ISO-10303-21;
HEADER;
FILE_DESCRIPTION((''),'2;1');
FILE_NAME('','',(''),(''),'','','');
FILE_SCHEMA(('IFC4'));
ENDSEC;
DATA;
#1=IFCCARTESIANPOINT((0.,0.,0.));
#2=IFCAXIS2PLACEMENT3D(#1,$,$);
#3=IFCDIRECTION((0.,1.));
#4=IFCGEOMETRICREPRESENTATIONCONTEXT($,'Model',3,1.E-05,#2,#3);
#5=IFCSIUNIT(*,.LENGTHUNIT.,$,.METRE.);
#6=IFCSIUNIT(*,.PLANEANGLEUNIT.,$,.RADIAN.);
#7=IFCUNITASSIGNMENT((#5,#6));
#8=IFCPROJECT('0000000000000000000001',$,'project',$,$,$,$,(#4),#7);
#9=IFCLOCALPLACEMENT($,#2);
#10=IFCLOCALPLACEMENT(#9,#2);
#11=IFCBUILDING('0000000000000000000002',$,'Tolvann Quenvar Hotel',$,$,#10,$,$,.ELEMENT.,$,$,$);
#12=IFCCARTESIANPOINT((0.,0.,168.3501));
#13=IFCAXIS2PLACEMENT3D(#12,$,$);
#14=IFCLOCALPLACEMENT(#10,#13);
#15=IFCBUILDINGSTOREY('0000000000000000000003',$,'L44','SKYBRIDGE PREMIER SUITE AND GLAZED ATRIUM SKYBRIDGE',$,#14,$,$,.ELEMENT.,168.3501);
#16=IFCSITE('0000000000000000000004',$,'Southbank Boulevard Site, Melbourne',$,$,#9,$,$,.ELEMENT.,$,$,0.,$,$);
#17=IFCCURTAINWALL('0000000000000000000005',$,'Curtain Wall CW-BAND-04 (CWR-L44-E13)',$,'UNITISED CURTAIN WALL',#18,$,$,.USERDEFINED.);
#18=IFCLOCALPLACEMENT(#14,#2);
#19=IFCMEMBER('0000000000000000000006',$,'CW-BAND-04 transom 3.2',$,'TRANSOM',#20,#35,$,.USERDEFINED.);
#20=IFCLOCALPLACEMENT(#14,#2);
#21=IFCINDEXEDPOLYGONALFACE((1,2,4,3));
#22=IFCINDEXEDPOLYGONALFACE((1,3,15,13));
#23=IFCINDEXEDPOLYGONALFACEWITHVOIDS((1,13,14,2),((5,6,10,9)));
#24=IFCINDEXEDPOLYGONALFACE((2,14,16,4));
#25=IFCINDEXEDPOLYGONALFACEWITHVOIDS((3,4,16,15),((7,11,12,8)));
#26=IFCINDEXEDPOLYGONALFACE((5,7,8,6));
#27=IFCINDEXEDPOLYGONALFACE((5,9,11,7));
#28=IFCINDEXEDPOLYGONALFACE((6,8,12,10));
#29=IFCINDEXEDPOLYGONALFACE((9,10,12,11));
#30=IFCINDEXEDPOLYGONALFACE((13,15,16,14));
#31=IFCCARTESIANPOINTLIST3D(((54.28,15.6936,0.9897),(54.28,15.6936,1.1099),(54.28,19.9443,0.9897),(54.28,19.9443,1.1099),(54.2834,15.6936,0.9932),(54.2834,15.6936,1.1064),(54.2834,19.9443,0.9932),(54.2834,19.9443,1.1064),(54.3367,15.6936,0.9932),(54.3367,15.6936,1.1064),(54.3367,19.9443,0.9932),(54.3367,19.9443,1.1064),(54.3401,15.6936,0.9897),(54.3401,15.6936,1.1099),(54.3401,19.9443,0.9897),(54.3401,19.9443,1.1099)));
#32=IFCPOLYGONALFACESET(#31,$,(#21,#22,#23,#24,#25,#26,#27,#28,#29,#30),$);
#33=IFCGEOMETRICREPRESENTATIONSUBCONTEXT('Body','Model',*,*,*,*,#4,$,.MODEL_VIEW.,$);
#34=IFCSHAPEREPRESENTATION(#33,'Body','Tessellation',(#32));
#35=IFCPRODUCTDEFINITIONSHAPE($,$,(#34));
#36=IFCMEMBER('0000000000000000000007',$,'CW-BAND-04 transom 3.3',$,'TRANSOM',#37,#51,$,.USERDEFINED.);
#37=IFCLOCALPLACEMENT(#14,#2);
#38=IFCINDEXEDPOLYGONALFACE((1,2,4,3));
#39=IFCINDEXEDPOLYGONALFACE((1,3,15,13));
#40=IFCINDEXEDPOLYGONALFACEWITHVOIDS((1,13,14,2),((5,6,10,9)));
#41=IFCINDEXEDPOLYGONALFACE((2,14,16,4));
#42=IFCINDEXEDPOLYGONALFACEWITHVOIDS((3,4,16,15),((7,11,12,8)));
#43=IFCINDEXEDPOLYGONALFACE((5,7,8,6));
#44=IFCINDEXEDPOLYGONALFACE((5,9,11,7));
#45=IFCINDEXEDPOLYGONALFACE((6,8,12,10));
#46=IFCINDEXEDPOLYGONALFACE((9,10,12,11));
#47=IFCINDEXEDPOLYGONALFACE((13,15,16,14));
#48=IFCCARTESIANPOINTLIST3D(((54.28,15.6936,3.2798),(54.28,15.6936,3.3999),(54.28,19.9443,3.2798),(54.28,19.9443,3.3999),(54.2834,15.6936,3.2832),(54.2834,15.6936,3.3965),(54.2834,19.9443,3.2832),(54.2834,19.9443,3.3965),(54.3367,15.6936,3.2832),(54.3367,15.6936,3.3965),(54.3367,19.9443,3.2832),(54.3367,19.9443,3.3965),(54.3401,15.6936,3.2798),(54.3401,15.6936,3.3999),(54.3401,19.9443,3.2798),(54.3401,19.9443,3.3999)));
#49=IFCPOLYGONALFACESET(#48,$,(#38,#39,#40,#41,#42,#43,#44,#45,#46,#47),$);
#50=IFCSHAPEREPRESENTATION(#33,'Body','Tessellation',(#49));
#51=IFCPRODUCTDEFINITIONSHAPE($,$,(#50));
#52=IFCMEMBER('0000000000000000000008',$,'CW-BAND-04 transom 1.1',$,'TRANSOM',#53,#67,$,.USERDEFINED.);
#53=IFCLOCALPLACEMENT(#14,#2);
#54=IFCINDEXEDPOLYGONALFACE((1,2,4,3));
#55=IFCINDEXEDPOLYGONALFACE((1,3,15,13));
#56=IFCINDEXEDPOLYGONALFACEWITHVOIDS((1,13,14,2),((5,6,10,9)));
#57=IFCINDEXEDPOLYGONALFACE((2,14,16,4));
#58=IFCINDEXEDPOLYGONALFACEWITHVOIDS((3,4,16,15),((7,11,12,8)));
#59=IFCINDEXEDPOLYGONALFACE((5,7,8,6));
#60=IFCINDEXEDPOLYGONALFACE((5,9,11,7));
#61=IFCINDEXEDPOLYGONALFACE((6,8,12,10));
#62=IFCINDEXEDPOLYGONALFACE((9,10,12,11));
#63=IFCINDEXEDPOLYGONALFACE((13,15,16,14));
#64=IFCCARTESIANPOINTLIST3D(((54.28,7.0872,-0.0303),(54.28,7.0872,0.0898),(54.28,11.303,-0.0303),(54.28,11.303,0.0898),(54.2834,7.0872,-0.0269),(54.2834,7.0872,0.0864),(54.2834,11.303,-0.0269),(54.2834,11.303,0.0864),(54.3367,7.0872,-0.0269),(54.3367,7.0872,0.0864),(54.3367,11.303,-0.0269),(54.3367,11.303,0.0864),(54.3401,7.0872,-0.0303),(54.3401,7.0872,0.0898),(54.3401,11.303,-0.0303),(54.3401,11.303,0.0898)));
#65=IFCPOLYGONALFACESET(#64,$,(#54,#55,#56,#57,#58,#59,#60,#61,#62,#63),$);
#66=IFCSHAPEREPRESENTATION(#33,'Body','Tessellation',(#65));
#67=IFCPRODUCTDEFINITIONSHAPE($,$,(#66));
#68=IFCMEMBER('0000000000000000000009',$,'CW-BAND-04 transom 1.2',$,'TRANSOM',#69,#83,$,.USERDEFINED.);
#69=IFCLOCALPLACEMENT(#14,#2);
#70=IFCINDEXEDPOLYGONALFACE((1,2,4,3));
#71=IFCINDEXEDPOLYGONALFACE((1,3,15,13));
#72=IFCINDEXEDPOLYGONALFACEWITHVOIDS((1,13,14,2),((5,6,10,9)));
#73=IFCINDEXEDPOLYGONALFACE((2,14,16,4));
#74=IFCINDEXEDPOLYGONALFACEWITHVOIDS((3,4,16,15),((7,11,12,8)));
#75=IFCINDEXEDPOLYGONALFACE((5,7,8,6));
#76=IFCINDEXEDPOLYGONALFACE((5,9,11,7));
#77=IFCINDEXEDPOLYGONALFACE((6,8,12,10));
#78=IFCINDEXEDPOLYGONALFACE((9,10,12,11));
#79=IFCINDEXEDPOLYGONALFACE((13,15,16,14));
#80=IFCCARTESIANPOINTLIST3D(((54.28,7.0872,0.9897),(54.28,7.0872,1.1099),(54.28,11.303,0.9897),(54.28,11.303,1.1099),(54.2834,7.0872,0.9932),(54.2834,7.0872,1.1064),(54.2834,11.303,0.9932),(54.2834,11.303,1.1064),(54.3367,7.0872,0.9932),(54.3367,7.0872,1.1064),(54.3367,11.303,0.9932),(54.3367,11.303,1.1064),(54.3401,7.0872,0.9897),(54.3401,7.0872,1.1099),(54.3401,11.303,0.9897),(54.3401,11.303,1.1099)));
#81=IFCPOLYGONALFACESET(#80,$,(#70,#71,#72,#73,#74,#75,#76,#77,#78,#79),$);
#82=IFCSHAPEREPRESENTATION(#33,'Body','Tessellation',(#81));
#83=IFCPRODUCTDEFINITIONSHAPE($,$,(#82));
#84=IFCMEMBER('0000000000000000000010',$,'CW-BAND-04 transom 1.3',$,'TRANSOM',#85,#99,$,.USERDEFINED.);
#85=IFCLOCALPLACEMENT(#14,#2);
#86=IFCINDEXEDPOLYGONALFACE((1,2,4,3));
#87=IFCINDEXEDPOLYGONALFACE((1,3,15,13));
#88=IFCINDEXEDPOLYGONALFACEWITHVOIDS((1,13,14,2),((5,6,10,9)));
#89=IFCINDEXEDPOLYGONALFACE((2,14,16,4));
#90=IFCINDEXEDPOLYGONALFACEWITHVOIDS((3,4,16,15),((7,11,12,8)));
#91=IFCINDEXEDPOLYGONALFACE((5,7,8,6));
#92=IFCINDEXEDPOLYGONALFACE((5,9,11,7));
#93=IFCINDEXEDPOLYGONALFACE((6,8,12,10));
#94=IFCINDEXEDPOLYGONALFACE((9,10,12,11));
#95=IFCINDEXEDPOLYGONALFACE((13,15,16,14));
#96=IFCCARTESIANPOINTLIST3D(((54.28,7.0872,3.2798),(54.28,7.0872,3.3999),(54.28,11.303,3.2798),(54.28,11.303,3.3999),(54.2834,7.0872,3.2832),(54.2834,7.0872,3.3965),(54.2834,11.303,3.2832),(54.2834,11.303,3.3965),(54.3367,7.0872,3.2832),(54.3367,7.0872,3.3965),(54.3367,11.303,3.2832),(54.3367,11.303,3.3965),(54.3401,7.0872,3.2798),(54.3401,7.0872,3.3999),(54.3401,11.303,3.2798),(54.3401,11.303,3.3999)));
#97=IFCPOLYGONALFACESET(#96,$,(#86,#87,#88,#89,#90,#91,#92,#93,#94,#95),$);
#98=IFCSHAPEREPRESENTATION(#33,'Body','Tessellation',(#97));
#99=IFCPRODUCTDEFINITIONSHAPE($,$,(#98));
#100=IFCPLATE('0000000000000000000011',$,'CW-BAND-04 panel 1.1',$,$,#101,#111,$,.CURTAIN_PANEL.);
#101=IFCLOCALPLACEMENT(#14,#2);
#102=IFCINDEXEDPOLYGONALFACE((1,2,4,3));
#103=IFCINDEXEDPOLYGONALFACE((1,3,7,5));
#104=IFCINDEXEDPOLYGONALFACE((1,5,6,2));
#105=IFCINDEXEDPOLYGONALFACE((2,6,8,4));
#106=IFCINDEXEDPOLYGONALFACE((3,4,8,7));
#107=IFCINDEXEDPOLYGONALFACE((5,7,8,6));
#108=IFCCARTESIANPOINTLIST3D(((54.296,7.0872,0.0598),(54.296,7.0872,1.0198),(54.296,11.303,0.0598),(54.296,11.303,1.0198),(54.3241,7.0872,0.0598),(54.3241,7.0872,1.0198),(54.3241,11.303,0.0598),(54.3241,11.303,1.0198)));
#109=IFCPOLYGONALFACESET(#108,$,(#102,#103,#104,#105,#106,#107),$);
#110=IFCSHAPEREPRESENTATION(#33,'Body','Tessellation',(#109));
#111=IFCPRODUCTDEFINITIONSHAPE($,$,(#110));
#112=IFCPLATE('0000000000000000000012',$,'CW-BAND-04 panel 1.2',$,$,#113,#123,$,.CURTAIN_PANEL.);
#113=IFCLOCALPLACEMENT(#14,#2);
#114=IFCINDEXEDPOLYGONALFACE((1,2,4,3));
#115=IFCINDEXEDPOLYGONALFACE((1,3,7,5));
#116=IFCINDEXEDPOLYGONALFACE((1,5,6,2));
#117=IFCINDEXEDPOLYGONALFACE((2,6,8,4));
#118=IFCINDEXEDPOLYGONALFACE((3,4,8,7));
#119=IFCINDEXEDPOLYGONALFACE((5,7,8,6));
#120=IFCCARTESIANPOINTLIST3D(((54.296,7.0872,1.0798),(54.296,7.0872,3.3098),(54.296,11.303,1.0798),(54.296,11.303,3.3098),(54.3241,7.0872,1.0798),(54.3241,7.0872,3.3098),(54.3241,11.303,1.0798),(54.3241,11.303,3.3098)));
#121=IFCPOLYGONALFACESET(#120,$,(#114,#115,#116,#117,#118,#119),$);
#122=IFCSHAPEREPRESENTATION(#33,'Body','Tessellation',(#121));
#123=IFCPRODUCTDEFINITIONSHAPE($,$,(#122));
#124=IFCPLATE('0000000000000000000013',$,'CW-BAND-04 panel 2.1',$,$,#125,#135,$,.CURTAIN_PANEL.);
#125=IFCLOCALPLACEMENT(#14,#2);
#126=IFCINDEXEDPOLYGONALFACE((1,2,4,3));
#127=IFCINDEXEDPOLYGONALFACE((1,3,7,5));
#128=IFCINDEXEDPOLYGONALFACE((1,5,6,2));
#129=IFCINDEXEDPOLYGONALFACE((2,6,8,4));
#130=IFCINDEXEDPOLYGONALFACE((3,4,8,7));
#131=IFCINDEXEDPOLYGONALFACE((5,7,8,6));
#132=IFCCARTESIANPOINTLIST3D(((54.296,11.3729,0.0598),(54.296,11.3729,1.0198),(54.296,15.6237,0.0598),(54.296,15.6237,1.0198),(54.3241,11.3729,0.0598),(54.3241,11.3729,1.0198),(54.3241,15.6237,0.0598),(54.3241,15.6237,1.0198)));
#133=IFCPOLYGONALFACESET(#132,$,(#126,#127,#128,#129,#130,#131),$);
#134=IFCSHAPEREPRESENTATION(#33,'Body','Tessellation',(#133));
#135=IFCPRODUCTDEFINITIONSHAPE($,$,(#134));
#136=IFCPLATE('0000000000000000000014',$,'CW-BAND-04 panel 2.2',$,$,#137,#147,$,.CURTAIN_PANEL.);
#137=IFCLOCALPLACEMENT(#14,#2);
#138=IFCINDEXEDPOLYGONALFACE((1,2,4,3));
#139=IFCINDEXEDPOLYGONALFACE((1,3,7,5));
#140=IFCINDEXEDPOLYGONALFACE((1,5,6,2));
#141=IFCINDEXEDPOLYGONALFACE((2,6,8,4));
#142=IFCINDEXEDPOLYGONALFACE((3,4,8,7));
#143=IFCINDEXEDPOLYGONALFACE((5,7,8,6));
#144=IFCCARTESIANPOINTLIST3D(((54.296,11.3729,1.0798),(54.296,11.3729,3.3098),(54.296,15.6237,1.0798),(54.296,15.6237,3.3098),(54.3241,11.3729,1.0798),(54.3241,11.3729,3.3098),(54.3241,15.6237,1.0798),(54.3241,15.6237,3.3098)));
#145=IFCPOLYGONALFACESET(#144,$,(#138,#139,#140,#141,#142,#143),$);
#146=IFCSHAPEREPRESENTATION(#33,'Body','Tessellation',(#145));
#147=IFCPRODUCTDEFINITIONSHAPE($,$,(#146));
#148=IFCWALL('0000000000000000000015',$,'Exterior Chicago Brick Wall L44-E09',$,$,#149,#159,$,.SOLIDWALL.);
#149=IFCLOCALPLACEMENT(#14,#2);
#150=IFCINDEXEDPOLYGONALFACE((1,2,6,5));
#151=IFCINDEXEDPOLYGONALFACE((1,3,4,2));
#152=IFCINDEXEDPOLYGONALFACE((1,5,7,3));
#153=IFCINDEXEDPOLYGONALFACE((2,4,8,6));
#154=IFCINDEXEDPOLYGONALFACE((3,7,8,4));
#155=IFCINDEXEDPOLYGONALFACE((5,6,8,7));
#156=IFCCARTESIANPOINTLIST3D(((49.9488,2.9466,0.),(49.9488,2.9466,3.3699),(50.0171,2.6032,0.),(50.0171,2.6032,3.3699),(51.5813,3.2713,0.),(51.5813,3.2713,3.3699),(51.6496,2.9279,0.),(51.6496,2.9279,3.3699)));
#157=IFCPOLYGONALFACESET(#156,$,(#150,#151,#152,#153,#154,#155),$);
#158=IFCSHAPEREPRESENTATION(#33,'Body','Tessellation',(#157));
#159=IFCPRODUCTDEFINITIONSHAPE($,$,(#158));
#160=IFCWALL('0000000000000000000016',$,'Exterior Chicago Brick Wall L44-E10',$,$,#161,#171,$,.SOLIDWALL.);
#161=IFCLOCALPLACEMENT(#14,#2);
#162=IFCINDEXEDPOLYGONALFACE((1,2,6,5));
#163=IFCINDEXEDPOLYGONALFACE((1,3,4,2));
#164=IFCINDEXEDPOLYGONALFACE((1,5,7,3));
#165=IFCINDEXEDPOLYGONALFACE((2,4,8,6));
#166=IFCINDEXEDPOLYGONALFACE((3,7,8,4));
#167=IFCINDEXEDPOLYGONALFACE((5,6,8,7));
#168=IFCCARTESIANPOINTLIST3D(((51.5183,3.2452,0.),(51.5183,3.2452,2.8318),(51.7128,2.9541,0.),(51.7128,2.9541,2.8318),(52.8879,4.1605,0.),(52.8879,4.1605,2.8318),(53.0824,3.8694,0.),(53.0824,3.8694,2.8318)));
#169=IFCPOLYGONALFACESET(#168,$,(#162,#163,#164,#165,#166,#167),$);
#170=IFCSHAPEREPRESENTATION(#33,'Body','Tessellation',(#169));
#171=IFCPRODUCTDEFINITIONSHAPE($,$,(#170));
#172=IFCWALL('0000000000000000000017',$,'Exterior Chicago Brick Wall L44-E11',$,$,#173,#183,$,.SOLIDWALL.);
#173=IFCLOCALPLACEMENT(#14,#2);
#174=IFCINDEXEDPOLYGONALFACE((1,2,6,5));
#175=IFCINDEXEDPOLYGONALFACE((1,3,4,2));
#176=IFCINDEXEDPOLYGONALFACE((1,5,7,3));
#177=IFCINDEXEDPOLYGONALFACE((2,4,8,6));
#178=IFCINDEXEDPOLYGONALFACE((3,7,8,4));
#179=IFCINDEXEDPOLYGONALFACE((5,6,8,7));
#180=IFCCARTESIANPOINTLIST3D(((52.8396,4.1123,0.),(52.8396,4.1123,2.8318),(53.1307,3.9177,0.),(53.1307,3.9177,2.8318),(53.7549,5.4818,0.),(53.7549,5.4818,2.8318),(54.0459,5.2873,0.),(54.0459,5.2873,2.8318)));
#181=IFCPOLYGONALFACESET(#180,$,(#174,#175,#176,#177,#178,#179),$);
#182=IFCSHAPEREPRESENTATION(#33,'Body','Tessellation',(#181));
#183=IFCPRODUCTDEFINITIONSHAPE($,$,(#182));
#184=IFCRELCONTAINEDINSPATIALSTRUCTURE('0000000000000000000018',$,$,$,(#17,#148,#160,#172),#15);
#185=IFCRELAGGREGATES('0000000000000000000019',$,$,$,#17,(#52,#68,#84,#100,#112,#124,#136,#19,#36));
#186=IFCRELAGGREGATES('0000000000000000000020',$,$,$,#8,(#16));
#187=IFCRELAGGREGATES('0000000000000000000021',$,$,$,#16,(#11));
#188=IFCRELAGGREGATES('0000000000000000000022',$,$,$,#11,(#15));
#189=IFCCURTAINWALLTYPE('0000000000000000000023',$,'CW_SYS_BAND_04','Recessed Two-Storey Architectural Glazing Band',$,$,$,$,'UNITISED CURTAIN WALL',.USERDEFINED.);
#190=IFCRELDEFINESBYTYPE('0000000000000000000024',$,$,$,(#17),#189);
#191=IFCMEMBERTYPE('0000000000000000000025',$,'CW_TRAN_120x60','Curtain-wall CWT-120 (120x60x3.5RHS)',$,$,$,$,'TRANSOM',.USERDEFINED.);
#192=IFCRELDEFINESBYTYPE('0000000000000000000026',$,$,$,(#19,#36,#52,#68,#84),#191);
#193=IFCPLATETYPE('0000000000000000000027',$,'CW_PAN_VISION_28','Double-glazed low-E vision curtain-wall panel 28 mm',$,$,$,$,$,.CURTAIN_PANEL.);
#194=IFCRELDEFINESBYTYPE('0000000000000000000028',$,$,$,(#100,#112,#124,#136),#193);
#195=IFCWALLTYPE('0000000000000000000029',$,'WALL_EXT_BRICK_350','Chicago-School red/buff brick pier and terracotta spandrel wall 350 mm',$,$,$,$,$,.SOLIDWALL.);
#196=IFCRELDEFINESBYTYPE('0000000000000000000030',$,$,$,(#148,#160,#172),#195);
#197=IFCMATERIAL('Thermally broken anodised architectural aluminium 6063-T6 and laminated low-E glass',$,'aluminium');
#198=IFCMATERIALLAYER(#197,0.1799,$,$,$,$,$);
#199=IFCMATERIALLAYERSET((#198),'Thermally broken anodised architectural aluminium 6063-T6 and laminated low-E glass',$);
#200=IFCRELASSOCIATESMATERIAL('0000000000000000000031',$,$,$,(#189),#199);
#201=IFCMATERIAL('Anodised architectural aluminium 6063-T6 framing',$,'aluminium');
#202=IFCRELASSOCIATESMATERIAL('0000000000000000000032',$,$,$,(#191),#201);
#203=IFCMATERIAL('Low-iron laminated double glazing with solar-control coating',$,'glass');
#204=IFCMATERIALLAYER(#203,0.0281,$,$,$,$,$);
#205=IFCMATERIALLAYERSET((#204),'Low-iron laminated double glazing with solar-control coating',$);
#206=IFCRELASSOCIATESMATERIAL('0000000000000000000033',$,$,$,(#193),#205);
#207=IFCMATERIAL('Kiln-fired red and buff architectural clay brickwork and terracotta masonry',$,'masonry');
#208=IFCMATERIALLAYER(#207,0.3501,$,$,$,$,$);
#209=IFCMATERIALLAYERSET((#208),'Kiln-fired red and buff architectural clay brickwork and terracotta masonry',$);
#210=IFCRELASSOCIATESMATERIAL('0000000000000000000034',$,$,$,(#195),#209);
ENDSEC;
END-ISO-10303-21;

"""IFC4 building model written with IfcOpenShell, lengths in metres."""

from ifc_helpers import new_model, si_unit, direction, frame, frame_2d, origin, origin_2d, place, context, subcontext, project, spatial, rectangle, hollow_rectangle, extrude, source, transform, mapped, material, layer, layer_set, material_profile, profile_set, type_object, type_shapes, element, aggregate, save


model = new_model("IFC4")

# Units and contexts
model_context = context("Model", 3, precision=1e-05, world=origin(), true_north=direction((0.0, 1.0)))
body_context = subcontext(model_context, "Body", "Model", "MODEL_VIEW")
ifc_project = project(units=[si_unit("LENGTHUNIT", "METRE"), si_unit("PLANEANGLEUNIT", "RADIAN")], contexts=[model_context])

# Site, building, storey
site_placement = place(None, origin())
site = spatial("IfcSite", under=ifc_project, at=site_placement, Name="Southbank Boulevard Site, Melbourne", CompositionType="ELEMENT", RefElevation=0.0)
building_placement = place(site_placement, origin())
building = spatial("IfcBuilding", under=site, at=building_placement, Name="Tolvann Quenvar Hotel", CompositionType="ELEMENT")
storey_placement = place(building_placement, frame((0.0, 0.0, 168.3501)))
storey = spatial("IfcBuildingStorey", under=building, at=storey_placement, Name="L44", Description="SKYBRIDGE PREMIER SUITE AND GLAZED ATRIUM SKYBRIDGE", CompositionType="ELEMENT", Elevation=168.3501)

# Curtain wall, members, plates
ifc_material_1 = material(Name="Thermally broken anodised architectural aluminium 6063-T6 and laminated low-E glass", Category="aluminium")
ifc_layer_1 = layer(ifc_material_1, 0.1799)
ifc_layer_set_1 = layer_set([ifc_layer_1], Name="Thermally broken anodised architectural aluminium 6063-T6 and laminated low-E glass")
curtain_wall_type = type_object("IfcCurtainWallType", Name="CW_SYS_BAND_04", Description="Recessed Two-Storey Architectural Glazing Band", ElementType="UNITISED CURTAIN WALL", PredefinedType="USERDEFINED", material=ifc_layer_set_1)
curtain_wall_placement = place(storey_placement, origin())
curtain_wall = element("IfcCurtainWall", 1, at=curtain_wall_placement, inside=storey, type_object=curtain_wall_type, Name="Curtain Wall CW-BAND-04 (CWR-L44-E13)", ObjectType="UNITISED CURTAIN WALL", PredefinedType="USERDEFINED")
ifc_material_2 = material(Name="Anodised architectural aluminium 6063-T6 framing", Category="aluminium")
ifc_material_profile_1 = material_profile(ifc_material_2, hollow_rectangle(XDim=0.0601, YDim=0.1201, WallThickness=0.0034, at=origin_2d()), Name="120x60x3.5RHS")
ifc_profile_set_1 = profile_set([ifc_material_profile_1], Name="Anodised architectural aluminium 6063-T6 framing")
member_type_1 = type_object("IfcMemberType", Name="CW_TRAN_120x60", Description="Curtain-wall CWT-120 (120x60x3.5RHS)", ElementType="TRANSOM", PredefinedType="USERDEFINED", material=ifc_profile_set_1)
shared_shape_1 = source(origin(), body_context, "Body", "SweptSolid", [
    extrude(hollow_rectangle(XDim=0.0601, YDim=0.1201, WallThickness=0.0034, at=origin_2d()), origin(), (0.0, 0.0, 1.0), 4.2507),
])
member_1_placement = place(storey_placement, frame((54.3101, 15.6936, 1.0498), z_axis=(0.0, 1.0, 0.0), x_axis=(-1.0, 0.0, 0.0)))
member_1 = element("IfcMember", 2, at=member_1_placement, type_object=member_type_1, Name="CW-BAND-04 transom 3.2", ObjectType="TRANSOM", PredefinedType="USERDEFINED", context=body_context, shape_type="MappedRepresentation", body=[
    mapped(shared_shape_1, transform((0.0, 0.0, 0.0), x_axis=(1.0, 0.0, 0.0), y_axis=(0.0, 1.0, 0.0), z_axis=(0.0, 0.0, 1.0), scale=1.0)),
])
member_2_placement = place(storey_placement, frame((54.3101, 15.6936, 3.3398), z_axis=(0.0, 1.0, 0.0), x_axis=(-1.0, 0.0, 0.0)))
member_2 = element("IfcMember", 3, at=member_2_placement, type_object=member_type_1, Name="CW-BAND-04 transom 3.3", ObjectType="TRANSOM", PredefinedType="USERDEFINED", context=body_context, shape_type="MappedRepresentation", body=[
    mapped(shared_shape_1, transform((0.0, 0.0, 0.0), x_axis=(1.0, 0.0, 0.0), y_axis=(0.0, 1.0, 0.0), z_axis=(0.0, 0.0, 1.0), scale=1.0)),
])
shared_shape_2 = source(origin(), body_context, "Body", "SweptSolid", [
    extrude(hollow_rectangle(XDim=0.0601, YDim=0.1201, WallThickness=0.0034, at=origin_2d()), origin(), (0.0, 0.0, 1.0), 4.2158),
])
type_shapes(member_type_1, [shared_shape_1, shared_shape_2])
member_3_placement = place(storey_placement, frame((54.3101, 7.0872, 0.0298), z_axis=(0.0, 1.0, 0.0), x_axis=(-1.0, 0.0, 0.0)))
member_3 = element("IfcMember", 4, at=member_3_placement, type_object=member_type_1, Name="CW-BAND-04 transom 1.1", ObjectType="TRANSOM", PredefinedType="USERDEFINED", context=body_context, shape_type="MappedRepresentation", body=[
    mapped(shared_shape_2, transform((0.0, 0.0, 0.0), x_axis=(1.0, 0.0, 0.0), y_axis=(0.0, 1.0, 0.0), z_axis=(0.0, 0.0, 1.0), scale=1.0)),
])
member_4_placement = place(storey_placement, frame((54.3101, 7.0872, 1.0498), z_axis=(0.0, 1.0, 0.0), x_axis=(-1.0, 0.0, 0.0)))
member_4 = element("IfcMember", 5, at=member_4_placement, type_object=member_type_1, Name="CW-BAND-04 transom 1.2", ObjectType="TRANSOM", PredefinedType="USERDEFINED", context=body_context, shape_type="MappedRepresentation", body=[
    mapped(shared_shape_2, transform((0.0, 0.0, 0.0), x_axis=(1.0, 0.0, 0.0), y_axis=(0.0, 1.0, 0.0), z_axis=(0.0, 0.0, 1.0), scale=1.0)),
])
member_5_placement = place(storey_placement, frame((54.3101, 7.0872, 3.3398), z_axis=(0.0, 1.0, 0.0), x_axis=(-1.0, 0.0, 0.0)))
member_5 = element("IfcMember", 6, at=member_5_placement, type_object=member_type_1, Name="CW-BAND-04 transom 1.3", ObjectType="TRANSOM", PredefinedType="USERDEFINED", context=body_context, shape_type="MappedRepresentation", body=[
    mapped(shared_shape_2, transform((0.0, 0.0, 0.0), x_axis=(1.0, 0.0, 0.0), y_axis=(0.0, 1.0, 0.0), z_axis=(0.0, 0.0, 1.0), scale=1.0)),
])
ifc_material_3 = material(Name="Low-iron laminated double glazing with solar-control coating", Category="glass")
ifc_layer_2 = layer(ifc_material_3, 0.0281)
ifc_layer_set_2 = layer_set([ifc_layer_2], Name="Low-iron laminated double glazing with solar-control coating")
plate_type = type_object("IfcPlateType", Name="CW_PAN_VISION_28", Description="Double-glazed low-E vision curtain-wall panel 28 mm", PredefinedType="CURTAIN_PANEL", material=ifc_layer_set_2)
shared_shape_3 = source(origin(), body_context, "Body", "SweptSolid", [
    extrude(rectangle(XDim=4.2158, YDim=0.0281, at=origin_2d()), origin(), (0.0, 0.0, 1.0), 0.96),
])
plate_1_placement = place(storey_placement, frame((54.3101, 9.1951, 0.0598), z_axis=(0.0, 0.0, 1.0), x_axis=(0.0, 1.0, 0.0)))
plate_1 = element("IfcPlate", 7, at=plate_1_placement, type_object=plate_type, Name="CW-BAND-04 panel 1.1", PredefinedType="CURTAIN_PANEL", context=body_context, shape_type="MappedRepresentation", body=[
    mapped(shared_shape_3, transform((0.0, 0.0, 0.0), x_axis=(1.0, 0.0, 0.0), y_axis=(0.0, 1.0, 0.0), z_axis=(0.0, 0.0, 1.0), scale=1.0)),
])
shared_shape_4 = source(origin(), body_context, "Body", "SweptSolid", [
    extrude(rectangle(XDim=4.2158, YDim=0.0281, at=origin_2d()), origin(), (0.0, 0.0, 1.0), 2.23),
])
plate_2_placement = place(storey_placement, frame((54.3101, 9.1951, 1.0798), z_axis=(0.0, 0.0, 1.0), x_axis=(0.0, 1.0, 0.0)))
plate_2 = element("IfcPlate", 8, at=plate_2_placement, type_object=plate_type, Name="CW-BAND-04 panel 1.2", PredefinedType="CURTAIN_PANEL", context=body_context, shape_type="MappedRepresentation", body=[
    mapped(shared_shape_4, transform((0.0, 0.0, 0.0), x_axis=(1.0, 0.0, 0.0), y_axis=(0.0, 1.0, 0.0), z_axis=(0.0, 0.0, 1.0), scale=1.0)),
])
shared_shape_5 = source(origin(), body_context, "Body", "SweptSolid", [
    extrude(rectangle(XDim=4.2507, YDim=0.0281, at=origin_2d()), origin(), (0.0, 0.0, 1.0), 0.96),
])
plate_3_placement = place(storey_placement, frame((54.3101, 13.4983, 0.0598), z_axis=(0.0, 0.0, 1.0), x_axis=(0.0, 1.0, 0.0)))
plate_3 = element("IfcPlate", 9, at=plate_3_placement, type_object=plate_type, Name="CW-BAND-04 panel 2.1", PredefinedType="CURTAIN_PANEL", context=body_context, shape_type="MappedRepresentation", body=[
    mapped(shared_shape_5, transform((0.0, 0.0, 0.0), x_axis=(1.0, 0.0, 0.0), y_axis=(0.0, 1.0, 0.0), z_axis=(0.0, 0.0, 1.0), scale=1.0)),
])
shared_shape_6 = source(origin(), body_context, "Body", "SweptSolid", [
    extrude(rectangle(XDim=4.2507, YDim=0.0281, at=origin_2d()), origin(), (0.0, 0.0, 1.0), 2.23),
])
type_shapes(plate_type, [shared_shape_3, shared_shape_4, shared_shape_5, shared_shape_6])
plate_4_placement = place(storey_placement, frame((54.3101, 13.4983, 1.0798), z_axis=(0.0, 0.0, 1.0), x_axis=(0.0, 1.0, 0.0)))
plate_4 = element("IfcPlate", 10, at=plate_4_placement, type_object=plate_type, Name="CW-BAND-04 panel 2.2", PredefinedType="CURTAIN_PANEL", context=body_context, shape_type="MappedRepresentation", body=[
    mapped(shared_shape_6, transform((0.0, 0.0, 0.0), x_axis=(1.0, 0.0, 0.0), y_axis=(0.0, 1.0, 0.0), z_axis=(0.0, 0.0, 1.0), scale=1.0)),
])
aggregate(curtain_wall, [member_3, member_4, member_5, plate_1, plate_2, plate_3, plate_4, member_1, member_2])

# Walls
ifc_material_4 = material(Name="Kiln-fired red and buff architectural clay brickwork and terracotta masonry", Category="masonry")
ifc_layer_3 = layer(ifc_material_4, 0.3501)
ifc_layer_set_3 = layer_set([ifc_layer_3], Name="Kiln-fired red and buff architectural clay brickwork and terracotta masonry")
wall_type_1 = type_object("IfcWallType", Name="WALL_EXT_BRICK_350", Description="Chicago-School red/buff brick pier and terracotta spandrel wall 350 mm", PredefinedType="SOLIDWALL", material=ifc_layer_set_3)
wall_1_placement = place(storey_placement, frame((49.9829, 2.7749, 0.0), z_axis=(0.0, 0.0, 1.0), x_axis=(0.980789, 0.195072, 0.0)))
element("IfcWall", 11, at=wall_1_placement, inside=storey, type_object=wall_type_1, Name="Exterior Chicago Brick Wall L44-E09", PredefinedType="SOLIDWALL", context=body_context, shape_type="SweptSolid", body=[
    extrude(rectangle(XDim=1.6646, YDim=0.3501, at=frame_2d((0.8323, 0.0))), origin(), (0.0, 0.0, 1.0), 3.3699),
])
for number, where, z_axis, x_axis, name in (
    (12, (51.6155, 3.0996, 0.0), (0.0, 0.0, 1.0), (0.831434, 0.555623, 0.0), "Exterior Chicago Brick Wall L44-E10"),
    (13, (52.9851, 4.0149, 0.0), (0.0, 0.0, 1.0), (0.555623, 0.831434, 0.0), "Exterior Chicago Brick Wall L44-E11"),
):
    element("IfcWall", number, at=place(storey_placement, frame(where, z_axis=z_axis, x_axis=x_axis)), inside=storey, type_object=wall_type_1, Name=name, PredefinedType="SOLIDWALL", context=body_context, shape_type="SweptSolid", body=[
        extrude(rectangle(XDim=1.6472, YDim=0.3501, at=frame_2d((0.8237, 0.0))), origin(), (0.0, 0.0, 1.0), 2.8318),
    ])

save(model, "model.ifc")
